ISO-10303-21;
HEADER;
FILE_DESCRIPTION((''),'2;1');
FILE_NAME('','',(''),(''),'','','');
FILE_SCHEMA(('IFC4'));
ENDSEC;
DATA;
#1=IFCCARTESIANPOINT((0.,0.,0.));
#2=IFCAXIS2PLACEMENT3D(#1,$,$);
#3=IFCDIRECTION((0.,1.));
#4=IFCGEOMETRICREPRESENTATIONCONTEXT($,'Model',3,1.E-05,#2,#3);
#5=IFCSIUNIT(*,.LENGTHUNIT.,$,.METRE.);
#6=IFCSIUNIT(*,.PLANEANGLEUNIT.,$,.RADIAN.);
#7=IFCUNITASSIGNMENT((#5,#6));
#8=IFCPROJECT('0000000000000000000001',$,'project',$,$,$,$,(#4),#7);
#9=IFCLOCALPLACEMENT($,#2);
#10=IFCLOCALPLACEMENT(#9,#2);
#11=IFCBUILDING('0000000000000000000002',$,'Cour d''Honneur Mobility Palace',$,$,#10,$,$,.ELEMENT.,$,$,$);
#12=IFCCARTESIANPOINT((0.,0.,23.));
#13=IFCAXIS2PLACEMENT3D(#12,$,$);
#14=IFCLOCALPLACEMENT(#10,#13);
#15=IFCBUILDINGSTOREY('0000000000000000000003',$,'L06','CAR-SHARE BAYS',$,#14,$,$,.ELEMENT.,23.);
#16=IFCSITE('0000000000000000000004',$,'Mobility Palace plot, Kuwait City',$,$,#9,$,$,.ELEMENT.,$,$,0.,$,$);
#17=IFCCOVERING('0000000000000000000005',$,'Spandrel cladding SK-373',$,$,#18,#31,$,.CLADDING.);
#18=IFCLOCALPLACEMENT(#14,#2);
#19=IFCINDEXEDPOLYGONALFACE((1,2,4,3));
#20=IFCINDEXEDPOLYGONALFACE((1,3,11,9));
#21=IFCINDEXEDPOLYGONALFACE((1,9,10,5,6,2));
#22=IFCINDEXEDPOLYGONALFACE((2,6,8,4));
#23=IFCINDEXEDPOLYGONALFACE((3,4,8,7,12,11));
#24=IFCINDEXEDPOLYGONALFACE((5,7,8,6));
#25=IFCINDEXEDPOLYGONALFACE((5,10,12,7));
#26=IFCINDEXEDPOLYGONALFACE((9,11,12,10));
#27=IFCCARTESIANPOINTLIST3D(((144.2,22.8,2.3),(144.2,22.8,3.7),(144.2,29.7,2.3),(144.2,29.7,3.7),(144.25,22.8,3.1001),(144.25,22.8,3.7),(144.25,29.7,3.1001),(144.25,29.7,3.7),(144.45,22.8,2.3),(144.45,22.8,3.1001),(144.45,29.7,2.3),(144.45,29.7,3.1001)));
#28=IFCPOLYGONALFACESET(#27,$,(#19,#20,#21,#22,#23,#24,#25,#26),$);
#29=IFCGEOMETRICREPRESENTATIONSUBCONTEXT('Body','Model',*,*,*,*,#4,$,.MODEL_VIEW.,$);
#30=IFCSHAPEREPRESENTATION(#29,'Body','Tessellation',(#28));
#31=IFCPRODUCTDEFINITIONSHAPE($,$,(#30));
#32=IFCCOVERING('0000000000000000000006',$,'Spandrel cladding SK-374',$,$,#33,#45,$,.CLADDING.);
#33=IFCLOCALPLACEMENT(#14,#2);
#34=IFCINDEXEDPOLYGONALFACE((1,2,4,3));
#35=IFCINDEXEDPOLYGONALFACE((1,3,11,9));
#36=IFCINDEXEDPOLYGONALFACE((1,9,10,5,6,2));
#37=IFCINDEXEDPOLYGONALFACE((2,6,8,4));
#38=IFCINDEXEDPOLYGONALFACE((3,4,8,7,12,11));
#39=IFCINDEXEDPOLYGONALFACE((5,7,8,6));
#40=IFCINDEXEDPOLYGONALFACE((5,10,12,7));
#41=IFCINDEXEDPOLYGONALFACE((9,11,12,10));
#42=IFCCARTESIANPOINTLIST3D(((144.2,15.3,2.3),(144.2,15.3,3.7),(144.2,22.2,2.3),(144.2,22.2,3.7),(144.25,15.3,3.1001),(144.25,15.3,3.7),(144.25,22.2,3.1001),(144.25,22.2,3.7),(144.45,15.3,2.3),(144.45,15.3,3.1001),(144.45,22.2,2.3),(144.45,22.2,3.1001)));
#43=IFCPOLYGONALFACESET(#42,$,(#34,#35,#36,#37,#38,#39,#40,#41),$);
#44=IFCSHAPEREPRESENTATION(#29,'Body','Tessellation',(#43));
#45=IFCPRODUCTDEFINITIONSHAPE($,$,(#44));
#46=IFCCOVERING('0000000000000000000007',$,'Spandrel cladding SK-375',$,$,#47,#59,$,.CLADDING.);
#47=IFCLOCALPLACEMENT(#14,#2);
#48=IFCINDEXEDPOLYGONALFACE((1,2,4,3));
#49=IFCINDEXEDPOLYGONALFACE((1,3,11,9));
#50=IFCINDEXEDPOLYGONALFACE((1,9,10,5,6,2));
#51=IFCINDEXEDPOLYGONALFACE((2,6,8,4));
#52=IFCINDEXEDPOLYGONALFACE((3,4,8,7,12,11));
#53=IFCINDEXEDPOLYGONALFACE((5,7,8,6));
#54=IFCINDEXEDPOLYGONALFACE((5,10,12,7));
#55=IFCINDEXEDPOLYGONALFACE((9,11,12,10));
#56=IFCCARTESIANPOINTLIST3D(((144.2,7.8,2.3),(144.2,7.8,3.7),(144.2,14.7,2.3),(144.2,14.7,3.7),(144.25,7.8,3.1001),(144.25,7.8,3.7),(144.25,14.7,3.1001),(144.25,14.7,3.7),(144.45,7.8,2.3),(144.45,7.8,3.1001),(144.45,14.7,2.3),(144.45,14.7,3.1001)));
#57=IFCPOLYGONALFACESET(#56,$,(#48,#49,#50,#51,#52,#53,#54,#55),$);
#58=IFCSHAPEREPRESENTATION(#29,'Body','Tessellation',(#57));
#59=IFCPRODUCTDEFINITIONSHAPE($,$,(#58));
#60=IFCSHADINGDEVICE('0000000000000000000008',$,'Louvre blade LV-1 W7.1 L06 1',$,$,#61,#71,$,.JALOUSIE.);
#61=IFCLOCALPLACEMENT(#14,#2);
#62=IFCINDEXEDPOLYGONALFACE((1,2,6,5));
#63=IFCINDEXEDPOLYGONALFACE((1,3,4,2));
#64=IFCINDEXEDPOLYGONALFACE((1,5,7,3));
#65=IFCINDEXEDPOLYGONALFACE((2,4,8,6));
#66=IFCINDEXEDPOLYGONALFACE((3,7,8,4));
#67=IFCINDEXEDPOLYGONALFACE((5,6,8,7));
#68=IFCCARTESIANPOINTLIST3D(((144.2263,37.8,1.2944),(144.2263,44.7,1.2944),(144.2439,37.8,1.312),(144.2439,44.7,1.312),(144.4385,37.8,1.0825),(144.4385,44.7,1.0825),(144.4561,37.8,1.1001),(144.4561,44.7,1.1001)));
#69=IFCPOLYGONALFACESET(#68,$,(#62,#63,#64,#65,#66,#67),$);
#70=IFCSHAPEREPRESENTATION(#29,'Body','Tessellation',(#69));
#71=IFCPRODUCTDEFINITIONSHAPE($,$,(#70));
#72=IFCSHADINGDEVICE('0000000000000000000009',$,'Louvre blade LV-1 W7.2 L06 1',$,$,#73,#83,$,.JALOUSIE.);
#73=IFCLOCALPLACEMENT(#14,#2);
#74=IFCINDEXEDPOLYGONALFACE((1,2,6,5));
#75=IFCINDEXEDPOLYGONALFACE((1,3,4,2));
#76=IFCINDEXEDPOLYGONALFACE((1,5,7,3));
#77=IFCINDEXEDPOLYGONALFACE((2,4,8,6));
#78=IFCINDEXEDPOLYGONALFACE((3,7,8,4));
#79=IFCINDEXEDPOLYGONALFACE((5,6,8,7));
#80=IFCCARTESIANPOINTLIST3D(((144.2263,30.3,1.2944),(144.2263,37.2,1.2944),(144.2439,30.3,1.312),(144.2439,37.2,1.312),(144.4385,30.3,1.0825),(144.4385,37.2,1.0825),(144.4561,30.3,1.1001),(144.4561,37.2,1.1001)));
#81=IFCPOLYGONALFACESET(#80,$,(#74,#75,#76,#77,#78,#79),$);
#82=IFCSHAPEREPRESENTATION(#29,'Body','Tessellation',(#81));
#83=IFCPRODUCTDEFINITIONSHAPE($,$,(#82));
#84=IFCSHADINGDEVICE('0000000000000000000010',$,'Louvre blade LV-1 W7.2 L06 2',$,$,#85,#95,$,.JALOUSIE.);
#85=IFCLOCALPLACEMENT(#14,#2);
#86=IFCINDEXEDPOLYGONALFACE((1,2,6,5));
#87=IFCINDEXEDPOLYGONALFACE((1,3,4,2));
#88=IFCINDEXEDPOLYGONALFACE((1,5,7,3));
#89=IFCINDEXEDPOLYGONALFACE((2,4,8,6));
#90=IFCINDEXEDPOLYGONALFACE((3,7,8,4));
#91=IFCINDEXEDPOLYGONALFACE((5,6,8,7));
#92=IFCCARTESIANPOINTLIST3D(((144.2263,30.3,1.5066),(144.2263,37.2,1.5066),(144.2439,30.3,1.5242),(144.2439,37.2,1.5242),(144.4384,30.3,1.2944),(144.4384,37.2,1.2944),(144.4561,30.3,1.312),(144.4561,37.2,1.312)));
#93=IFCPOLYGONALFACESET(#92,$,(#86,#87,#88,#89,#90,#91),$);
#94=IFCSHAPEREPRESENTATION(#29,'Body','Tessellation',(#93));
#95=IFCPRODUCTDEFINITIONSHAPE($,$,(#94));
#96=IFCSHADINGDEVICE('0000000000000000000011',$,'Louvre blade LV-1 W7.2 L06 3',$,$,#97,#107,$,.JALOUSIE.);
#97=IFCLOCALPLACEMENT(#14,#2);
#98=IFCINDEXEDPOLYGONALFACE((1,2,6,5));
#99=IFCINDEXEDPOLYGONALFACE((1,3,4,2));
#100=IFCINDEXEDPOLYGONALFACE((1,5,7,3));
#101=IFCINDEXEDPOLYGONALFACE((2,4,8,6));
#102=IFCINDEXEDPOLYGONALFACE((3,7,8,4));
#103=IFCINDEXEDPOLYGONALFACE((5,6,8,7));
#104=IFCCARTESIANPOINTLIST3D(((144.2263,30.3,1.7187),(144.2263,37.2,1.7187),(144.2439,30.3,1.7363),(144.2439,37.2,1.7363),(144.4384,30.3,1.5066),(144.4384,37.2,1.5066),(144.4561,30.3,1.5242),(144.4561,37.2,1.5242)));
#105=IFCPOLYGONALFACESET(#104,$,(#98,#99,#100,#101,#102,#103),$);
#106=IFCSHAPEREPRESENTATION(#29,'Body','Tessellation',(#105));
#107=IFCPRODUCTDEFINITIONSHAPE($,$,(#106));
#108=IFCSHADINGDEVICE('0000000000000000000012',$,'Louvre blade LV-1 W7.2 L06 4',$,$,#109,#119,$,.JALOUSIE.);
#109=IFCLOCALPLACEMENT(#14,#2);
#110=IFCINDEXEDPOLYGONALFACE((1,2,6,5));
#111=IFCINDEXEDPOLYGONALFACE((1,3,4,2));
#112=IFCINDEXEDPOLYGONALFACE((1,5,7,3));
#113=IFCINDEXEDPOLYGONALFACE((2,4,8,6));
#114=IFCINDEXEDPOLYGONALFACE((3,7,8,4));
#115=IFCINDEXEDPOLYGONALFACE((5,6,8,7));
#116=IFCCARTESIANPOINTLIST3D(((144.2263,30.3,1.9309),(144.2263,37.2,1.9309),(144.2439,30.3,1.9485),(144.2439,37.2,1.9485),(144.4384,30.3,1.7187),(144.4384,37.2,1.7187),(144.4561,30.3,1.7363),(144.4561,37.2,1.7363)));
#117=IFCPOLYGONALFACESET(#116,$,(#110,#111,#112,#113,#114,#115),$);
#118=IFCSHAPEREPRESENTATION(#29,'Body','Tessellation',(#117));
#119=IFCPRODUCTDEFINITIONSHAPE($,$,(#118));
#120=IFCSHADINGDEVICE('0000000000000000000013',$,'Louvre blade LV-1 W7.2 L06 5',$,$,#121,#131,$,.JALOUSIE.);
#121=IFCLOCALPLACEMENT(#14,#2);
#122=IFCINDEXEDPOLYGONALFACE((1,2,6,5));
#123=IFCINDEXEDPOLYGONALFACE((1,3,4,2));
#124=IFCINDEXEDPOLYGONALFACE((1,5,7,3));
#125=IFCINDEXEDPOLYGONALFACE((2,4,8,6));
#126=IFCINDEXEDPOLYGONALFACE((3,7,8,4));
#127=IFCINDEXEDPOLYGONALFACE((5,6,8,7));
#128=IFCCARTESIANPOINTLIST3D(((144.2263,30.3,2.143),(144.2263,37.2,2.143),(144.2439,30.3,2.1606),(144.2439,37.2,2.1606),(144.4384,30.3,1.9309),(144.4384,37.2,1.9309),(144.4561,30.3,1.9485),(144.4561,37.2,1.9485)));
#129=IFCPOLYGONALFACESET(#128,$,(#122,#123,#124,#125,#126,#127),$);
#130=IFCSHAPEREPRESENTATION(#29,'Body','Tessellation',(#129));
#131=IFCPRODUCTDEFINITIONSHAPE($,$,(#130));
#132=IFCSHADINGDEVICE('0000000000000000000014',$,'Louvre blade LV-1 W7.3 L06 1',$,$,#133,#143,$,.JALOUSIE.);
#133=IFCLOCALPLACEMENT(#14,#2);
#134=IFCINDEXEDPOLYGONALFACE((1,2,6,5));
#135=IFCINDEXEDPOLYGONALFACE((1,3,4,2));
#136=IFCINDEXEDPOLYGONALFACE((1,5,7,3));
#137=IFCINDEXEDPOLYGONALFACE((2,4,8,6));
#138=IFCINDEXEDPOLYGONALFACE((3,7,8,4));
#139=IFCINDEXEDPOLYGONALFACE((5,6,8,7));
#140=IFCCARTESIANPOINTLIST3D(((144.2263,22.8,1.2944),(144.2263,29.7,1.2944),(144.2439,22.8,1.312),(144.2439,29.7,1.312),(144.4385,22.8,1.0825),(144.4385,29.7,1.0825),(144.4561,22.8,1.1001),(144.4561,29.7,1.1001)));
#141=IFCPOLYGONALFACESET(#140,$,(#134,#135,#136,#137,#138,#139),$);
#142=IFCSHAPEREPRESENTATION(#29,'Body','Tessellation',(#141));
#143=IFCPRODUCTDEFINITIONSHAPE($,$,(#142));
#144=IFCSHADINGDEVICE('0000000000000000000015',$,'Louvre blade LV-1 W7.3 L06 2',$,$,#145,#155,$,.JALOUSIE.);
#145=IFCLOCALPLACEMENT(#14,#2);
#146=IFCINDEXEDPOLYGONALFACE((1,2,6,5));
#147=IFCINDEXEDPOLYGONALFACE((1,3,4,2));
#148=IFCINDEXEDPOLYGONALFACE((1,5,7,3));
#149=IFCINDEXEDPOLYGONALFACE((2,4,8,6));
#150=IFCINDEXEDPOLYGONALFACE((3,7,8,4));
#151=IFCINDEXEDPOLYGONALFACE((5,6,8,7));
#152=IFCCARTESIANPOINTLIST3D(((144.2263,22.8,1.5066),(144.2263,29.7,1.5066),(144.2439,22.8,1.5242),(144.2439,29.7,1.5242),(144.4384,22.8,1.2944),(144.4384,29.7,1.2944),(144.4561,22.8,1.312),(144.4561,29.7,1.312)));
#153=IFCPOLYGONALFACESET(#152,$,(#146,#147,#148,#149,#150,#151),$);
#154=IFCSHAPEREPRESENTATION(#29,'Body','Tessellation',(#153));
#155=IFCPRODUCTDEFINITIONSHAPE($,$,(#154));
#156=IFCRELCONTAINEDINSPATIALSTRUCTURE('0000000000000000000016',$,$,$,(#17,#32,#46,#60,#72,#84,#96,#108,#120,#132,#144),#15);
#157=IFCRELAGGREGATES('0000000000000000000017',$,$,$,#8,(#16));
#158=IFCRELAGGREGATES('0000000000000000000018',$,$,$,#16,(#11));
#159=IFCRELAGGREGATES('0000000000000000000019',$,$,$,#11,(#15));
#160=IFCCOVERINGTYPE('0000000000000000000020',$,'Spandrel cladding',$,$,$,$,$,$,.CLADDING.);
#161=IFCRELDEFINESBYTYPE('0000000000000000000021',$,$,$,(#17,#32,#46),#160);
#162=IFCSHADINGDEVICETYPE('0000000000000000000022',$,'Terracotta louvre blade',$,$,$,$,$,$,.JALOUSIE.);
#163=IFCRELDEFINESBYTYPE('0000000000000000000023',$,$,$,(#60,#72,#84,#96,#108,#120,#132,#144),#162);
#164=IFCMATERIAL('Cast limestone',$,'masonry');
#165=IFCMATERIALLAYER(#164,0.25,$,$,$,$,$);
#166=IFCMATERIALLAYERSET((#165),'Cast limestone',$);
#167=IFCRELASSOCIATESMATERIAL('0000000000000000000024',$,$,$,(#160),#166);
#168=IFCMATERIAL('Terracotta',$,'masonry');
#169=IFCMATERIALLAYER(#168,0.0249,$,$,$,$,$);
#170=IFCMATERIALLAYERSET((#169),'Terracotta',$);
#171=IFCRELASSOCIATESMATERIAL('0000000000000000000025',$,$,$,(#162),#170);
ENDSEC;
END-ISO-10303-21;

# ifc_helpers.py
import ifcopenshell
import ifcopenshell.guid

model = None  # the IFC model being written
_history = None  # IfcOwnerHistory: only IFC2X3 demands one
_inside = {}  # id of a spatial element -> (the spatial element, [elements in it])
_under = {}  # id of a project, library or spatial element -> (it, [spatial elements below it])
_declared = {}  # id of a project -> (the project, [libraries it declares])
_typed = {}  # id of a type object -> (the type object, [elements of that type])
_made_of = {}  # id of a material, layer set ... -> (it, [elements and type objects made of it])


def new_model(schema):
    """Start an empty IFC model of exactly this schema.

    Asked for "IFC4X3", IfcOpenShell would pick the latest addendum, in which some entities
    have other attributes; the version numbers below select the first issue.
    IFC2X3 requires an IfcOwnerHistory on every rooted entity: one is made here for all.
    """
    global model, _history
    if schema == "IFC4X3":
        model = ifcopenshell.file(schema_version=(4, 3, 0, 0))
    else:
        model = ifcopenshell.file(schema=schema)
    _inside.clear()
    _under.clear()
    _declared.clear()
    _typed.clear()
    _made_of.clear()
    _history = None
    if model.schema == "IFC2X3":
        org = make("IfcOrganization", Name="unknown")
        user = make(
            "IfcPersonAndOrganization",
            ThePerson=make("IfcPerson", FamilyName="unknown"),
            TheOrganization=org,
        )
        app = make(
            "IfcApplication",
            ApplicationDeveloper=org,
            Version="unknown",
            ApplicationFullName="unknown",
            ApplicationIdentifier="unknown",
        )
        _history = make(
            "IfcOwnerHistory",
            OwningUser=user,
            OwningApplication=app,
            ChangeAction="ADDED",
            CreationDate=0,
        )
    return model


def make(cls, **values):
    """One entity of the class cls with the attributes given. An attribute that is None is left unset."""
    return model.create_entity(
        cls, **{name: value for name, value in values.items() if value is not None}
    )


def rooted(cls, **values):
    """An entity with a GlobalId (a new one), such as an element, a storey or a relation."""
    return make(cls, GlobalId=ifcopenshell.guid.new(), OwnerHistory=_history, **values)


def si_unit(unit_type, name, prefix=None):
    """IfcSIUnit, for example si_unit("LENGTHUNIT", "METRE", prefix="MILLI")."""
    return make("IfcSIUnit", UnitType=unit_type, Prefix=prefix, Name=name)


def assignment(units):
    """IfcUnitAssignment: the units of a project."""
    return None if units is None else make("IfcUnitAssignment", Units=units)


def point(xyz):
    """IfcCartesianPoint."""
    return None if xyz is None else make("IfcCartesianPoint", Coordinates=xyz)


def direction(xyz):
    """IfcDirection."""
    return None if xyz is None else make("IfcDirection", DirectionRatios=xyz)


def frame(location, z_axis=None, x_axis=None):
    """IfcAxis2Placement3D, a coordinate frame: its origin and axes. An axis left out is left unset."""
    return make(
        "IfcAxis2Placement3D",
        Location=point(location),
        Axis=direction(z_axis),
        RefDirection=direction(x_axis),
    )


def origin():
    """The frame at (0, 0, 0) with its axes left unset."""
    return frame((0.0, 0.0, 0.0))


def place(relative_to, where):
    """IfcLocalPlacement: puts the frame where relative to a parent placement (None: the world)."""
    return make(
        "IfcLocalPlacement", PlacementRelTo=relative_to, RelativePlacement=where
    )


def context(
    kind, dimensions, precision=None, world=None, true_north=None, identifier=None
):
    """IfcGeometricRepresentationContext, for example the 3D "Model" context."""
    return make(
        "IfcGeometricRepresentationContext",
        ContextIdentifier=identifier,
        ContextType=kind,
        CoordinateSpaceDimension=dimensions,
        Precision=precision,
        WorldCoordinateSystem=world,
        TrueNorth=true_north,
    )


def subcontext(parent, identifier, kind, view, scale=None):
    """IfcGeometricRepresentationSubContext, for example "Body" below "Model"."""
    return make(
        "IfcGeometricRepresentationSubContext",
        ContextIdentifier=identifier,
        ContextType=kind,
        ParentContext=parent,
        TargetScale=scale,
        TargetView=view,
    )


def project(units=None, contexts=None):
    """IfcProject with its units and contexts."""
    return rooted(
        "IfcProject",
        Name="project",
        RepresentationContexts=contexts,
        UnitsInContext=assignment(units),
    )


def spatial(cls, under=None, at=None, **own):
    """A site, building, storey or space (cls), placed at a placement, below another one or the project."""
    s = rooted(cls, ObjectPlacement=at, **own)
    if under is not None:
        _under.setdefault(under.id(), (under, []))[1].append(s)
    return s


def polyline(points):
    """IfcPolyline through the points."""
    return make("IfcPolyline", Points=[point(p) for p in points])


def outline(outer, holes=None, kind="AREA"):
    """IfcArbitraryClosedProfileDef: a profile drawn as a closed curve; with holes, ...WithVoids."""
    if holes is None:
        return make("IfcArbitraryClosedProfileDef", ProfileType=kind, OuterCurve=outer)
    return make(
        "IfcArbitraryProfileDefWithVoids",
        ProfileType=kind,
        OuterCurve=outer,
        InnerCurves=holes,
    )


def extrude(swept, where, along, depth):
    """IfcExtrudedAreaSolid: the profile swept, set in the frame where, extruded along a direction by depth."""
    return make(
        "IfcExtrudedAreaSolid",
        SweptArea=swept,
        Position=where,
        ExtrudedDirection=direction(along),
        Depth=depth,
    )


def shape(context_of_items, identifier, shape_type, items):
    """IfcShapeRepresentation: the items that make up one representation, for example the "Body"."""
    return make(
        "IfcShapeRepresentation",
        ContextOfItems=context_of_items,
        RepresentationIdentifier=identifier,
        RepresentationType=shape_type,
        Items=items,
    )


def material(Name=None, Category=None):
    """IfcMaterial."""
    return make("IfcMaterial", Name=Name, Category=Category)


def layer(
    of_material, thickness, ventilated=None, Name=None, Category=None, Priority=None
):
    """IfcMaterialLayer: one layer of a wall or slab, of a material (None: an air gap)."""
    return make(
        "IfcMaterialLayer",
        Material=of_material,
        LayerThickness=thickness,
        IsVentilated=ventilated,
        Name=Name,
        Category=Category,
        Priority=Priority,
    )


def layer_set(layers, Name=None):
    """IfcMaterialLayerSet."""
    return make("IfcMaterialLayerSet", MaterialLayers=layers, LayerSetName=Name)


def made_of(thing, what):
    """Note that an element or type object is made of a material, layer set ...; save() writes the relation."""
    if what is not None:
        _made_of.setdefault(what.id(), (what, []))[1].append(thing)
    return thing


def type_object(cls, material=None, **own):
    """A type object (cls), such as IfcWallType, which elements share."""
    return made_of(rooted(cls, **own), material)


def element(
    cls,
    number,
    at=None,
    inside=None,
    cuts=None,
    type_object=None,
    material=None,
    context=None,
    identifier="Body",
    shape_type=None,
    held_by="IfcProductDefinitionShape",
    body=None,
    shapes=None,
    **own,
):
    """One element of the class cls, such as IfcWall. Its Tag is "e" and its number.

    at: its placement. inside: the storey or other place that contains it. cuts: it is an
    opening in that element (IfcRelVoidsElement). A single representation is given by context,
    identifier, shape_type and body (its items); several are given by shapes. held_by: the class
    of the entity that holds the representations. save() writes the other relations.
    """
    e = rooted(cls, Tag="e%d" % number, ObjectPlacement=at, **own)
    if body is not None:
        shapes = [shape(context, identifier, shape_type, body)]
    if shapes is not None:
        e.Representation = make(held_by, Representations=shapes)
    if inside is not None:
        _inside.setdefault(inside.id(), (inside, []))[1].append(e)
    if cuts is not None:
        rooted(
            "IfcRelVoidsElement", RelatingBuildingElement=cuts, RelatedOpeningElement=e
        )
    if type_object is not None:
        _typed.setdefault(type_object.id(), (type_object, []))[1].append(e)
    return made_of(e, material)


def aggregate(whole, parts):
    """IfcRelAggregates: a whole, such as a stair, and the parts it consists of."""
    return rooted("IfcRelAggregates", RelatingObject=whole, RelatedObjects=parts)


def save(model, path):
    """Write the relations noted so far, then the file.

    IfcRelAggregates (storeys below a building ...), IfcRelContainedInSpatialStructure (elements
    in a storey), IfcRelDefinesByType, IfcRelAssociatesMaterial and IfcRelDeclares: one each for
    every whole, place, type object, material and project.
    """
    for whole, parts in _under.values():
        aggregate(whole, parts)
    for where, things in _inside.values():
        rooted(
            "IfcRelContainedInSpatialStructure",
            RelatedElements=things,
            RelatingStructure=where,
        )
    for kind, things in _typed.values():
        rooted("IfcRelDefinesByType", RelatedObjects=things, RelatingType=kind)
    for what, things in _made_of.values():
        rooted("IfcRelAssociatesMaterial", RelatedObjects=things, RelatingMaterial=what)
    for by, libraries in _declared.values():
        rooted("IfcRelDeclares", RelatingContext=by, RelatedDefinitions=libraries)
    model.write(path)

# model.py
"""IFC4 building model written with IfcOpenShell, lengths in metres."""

from ifc_helpers import new_model, si_unit, direction, frame, origin, place, context, subcontext, project, spatial, polyline, outline, extrude, material, layer, layer_set, type_object, element, save


model = new_model("IFC4")

# Units and contexts
model_context = context("Model", 3, precision=1e-05, world=origin(), true_north=direction((0.0, 1.0)))
body_context = subcontext(model_context, "Body", "Model", "MODEL_VIEW")
ifc_project = project(units=[si_unit("LENGTHUNIT", "METRE"), si_unit("PLANEANGLEUNIT", "RADIAN")], contexts=[model_context])

# Site, building, storey
site_placement = place(None, origin())
site = spatial("IfcSite", under=ifc_project, at=site_placement, Name="Mobility Palace plot, Kuwait City", CompositionType="ELEMENT", RefElevation=0.0)
building_placement = place(site_placement, origin())
building = spatial("IfcBuilding", under=site, at=building_placement, Name="Cour d'Honneur Mobility Palace", CompositionType="ELEMENT")
storey_placement = place(building_placement, frame((0.0, 0.0, 23.0)))
storey = spatial("IfcBuildingStorey", under=building, at=storey_placement, Name="L06", Description="CAR-SHARE BAYS", CompositionType="ELEMENT", Elevation=23.0)

# Coverings
ifc_material_1 = material(Name="Cast limestone", Category="masonry")
ifc_layer_1 = layer(ifc_material_1, 0.25)
ifc_layer_set_1 = layer_set([ifc_layer_1], Name="Cast limestone")
covering_type = type_object("IfcCoveringType", Name="Spandrel cladding", PredefinedType="CLADDING", material=ifc_layer_set_1)
for number, where, z_axis, x_axis, name in (
    (1, (144.45, 29.7, 2.3), (0.0, 1.0, 0.0), (-1.0, 0.0, 0.0), "Spandrel cladding SK-373"),
    (2, (144.45, 22.2, 2.3), (0.0, 1.0, 0.0), (-1.0, 0.0, 0.0), "Spandrel cladding SK-374"),
    (3, (144.45, 14.7, 2.3), (0.0, 1.0, 0.0), (-1.0, 0.0, 0.0), "Spandrel cladding SK-375"),
):
    element("IfcCovering", number, at=place(storey_placement, frame(where, z_axis=z_axis, x_axis=x_axis)), inside=storey, type_object=covering_type, Name=name, PredefinedType="CLADDING", context=body_context, shape_type="SweptSolid", body=[
        extrude(outline(polyline([(0.0, 0.0), (0.25, 0.0), (0.25, 1.3999), (0.2, 1.3999), (0.2, 0.8), (0.0, 0.8), (0.0, 0.0)])), origin(), (0.0, 0.0, -1.0), 6.8999),
    ])

# Shading devices
ifc_material_2 = material(Name="Terracotta", Category="masonry")
ifc_layer_2 = layer(ifc_material_2, 0.0249)
ifc_layer_set_2 = layer_set([ifc_layer_2], Name="Terracotta")
shading_device_type = type_object("IfcShadingDeviceType", Name="Terracotta louvre blade", PredefinedType="JALOUSIE", material=ifc_layer_set_2)
for number, where, z_axis, x_axis, name in (
    (4, (144.4561, 44.7, 1.1001), (0.7067, 0.0, 0.707514), (0.0, -1.0, 0.0), "Louvre blade LV-1 W7.1 L06 1"),
    (5, (144.4561, 37.2, 1.1001), (0.7067, 0.0, 0.707514), (0.0, -1.0, 0.0), "Louvre blade LV-1 W7.2 L06 1"),
):
    element("IfcShadingDevice", number, at=place(storey_placement, frame(where, z_axis=z_axis, x_axis=x_axis)), inside=storey, type_object=shading_device_type, Name=name, PredefinedType="JALOUSIE", context=body_context, shape_type="SweptSolid", body=[
        extrude(outline(polyline([(0.0, 0.0), (6.8999, 0.0), (6.8999, -0.2999), (0.0, -0.2999), (0.0, 0.0)])), origin(), (0.0, 0.0, -1.0), 0.0249),
    ])
for number, where, z_axis, x_axis, name in (
    (6, (144.4561, 37.2, 1.312), (0.707107, 0.0, 0.707107), (0.0, -1.0, 0.0), "Louvre blade LV-1 W7.2 L06 2"),
    (7, (144.4561, 37.2, 1.5242), (0.707107, 0.0, 0.707107), (0.0, -1.0, 0.0), "Louvre blade LV-1 W7.2 L06 3"),
    (8, (144.4561, 37.2, 1.7363), (0.707107, 0.0, 0.707107), (0.0, -1.0, 0.0), "Louvre blade LV-1 W7.2 L06 4"),
    (9, (144.4561, 37.2, 1.9485), (0.707107, 0.0, 0.707107), (0.0, -1.0, 0.0), "Louvre blade LV-1 W7.2 L06 5"),
):
    element("IfcShadingDevice", number, at=place(storey_placement, frame(where, z_axis=z_axis, x_axis=x_axis)), inside=storey, type_object=shading_device_type, Name=name, PredefinedType="JALOUSIE", context=body_context, shape_type="SweptSolid", body=[
        extrude(outline(polyline([(0.0, 0.0), (6.8999, 0.0), (6.8999, -0.3), (0.0, -0.3), (0.0, 0.0)])), origin(), (0.0, 0.0, -1.0), 0.0249),
    ])
shading_device_1_placement = place(storey_placement, frame((144.4561, 29.7, 1.1001), z_axis=(0.7067, 0.0, 0.707514), x_axis=(0.0, -1.0, 0.0)))
element("IfcShadingDevice", 10, at=shading_device_1_placement, inside=storey, type_object=shading_device_type, Name="Louvre blade LV-1 W7.3 L06 1", PredefinedType="JALOUSIE", context=body_context, shape_type="SweptSolid", body=[
    extrude(outline(polyline([(0.0, 0.0), (6.8999, 0.0), (6.8999, -0.2999), (0.0, -0.2999), (0.0, 0.0)])), origin(), (0.0, 0.0, -1.0), 0.0249),
])
shading_device_2_placement = place(storey_placement, frame((144.4561, 29.7, 1.312), z_axis=(0.707107, 0.0, 0.707107), x_axis=(0.0, -1.0, 0.0)))
element("IfcShadingDevice", 11, at=shading_device_2_placement, inside=storey, type_object=shading_device_type, Name="Louvre blade LV-1 W7.3 L06 2", PredefinedType="JALOUSIE", context=body_context, shape_type="SweptSolid", body=[
    extrude(outline(polyline([(0.0, 0.0), (6.8999, 0.0), (6.8999, -0.3), (0.0, -0.3), (0.0, 0.0)])), origin(), (0.0, 0.0, -1.0), 0.0249),
])

save(model, "model.ifc")
